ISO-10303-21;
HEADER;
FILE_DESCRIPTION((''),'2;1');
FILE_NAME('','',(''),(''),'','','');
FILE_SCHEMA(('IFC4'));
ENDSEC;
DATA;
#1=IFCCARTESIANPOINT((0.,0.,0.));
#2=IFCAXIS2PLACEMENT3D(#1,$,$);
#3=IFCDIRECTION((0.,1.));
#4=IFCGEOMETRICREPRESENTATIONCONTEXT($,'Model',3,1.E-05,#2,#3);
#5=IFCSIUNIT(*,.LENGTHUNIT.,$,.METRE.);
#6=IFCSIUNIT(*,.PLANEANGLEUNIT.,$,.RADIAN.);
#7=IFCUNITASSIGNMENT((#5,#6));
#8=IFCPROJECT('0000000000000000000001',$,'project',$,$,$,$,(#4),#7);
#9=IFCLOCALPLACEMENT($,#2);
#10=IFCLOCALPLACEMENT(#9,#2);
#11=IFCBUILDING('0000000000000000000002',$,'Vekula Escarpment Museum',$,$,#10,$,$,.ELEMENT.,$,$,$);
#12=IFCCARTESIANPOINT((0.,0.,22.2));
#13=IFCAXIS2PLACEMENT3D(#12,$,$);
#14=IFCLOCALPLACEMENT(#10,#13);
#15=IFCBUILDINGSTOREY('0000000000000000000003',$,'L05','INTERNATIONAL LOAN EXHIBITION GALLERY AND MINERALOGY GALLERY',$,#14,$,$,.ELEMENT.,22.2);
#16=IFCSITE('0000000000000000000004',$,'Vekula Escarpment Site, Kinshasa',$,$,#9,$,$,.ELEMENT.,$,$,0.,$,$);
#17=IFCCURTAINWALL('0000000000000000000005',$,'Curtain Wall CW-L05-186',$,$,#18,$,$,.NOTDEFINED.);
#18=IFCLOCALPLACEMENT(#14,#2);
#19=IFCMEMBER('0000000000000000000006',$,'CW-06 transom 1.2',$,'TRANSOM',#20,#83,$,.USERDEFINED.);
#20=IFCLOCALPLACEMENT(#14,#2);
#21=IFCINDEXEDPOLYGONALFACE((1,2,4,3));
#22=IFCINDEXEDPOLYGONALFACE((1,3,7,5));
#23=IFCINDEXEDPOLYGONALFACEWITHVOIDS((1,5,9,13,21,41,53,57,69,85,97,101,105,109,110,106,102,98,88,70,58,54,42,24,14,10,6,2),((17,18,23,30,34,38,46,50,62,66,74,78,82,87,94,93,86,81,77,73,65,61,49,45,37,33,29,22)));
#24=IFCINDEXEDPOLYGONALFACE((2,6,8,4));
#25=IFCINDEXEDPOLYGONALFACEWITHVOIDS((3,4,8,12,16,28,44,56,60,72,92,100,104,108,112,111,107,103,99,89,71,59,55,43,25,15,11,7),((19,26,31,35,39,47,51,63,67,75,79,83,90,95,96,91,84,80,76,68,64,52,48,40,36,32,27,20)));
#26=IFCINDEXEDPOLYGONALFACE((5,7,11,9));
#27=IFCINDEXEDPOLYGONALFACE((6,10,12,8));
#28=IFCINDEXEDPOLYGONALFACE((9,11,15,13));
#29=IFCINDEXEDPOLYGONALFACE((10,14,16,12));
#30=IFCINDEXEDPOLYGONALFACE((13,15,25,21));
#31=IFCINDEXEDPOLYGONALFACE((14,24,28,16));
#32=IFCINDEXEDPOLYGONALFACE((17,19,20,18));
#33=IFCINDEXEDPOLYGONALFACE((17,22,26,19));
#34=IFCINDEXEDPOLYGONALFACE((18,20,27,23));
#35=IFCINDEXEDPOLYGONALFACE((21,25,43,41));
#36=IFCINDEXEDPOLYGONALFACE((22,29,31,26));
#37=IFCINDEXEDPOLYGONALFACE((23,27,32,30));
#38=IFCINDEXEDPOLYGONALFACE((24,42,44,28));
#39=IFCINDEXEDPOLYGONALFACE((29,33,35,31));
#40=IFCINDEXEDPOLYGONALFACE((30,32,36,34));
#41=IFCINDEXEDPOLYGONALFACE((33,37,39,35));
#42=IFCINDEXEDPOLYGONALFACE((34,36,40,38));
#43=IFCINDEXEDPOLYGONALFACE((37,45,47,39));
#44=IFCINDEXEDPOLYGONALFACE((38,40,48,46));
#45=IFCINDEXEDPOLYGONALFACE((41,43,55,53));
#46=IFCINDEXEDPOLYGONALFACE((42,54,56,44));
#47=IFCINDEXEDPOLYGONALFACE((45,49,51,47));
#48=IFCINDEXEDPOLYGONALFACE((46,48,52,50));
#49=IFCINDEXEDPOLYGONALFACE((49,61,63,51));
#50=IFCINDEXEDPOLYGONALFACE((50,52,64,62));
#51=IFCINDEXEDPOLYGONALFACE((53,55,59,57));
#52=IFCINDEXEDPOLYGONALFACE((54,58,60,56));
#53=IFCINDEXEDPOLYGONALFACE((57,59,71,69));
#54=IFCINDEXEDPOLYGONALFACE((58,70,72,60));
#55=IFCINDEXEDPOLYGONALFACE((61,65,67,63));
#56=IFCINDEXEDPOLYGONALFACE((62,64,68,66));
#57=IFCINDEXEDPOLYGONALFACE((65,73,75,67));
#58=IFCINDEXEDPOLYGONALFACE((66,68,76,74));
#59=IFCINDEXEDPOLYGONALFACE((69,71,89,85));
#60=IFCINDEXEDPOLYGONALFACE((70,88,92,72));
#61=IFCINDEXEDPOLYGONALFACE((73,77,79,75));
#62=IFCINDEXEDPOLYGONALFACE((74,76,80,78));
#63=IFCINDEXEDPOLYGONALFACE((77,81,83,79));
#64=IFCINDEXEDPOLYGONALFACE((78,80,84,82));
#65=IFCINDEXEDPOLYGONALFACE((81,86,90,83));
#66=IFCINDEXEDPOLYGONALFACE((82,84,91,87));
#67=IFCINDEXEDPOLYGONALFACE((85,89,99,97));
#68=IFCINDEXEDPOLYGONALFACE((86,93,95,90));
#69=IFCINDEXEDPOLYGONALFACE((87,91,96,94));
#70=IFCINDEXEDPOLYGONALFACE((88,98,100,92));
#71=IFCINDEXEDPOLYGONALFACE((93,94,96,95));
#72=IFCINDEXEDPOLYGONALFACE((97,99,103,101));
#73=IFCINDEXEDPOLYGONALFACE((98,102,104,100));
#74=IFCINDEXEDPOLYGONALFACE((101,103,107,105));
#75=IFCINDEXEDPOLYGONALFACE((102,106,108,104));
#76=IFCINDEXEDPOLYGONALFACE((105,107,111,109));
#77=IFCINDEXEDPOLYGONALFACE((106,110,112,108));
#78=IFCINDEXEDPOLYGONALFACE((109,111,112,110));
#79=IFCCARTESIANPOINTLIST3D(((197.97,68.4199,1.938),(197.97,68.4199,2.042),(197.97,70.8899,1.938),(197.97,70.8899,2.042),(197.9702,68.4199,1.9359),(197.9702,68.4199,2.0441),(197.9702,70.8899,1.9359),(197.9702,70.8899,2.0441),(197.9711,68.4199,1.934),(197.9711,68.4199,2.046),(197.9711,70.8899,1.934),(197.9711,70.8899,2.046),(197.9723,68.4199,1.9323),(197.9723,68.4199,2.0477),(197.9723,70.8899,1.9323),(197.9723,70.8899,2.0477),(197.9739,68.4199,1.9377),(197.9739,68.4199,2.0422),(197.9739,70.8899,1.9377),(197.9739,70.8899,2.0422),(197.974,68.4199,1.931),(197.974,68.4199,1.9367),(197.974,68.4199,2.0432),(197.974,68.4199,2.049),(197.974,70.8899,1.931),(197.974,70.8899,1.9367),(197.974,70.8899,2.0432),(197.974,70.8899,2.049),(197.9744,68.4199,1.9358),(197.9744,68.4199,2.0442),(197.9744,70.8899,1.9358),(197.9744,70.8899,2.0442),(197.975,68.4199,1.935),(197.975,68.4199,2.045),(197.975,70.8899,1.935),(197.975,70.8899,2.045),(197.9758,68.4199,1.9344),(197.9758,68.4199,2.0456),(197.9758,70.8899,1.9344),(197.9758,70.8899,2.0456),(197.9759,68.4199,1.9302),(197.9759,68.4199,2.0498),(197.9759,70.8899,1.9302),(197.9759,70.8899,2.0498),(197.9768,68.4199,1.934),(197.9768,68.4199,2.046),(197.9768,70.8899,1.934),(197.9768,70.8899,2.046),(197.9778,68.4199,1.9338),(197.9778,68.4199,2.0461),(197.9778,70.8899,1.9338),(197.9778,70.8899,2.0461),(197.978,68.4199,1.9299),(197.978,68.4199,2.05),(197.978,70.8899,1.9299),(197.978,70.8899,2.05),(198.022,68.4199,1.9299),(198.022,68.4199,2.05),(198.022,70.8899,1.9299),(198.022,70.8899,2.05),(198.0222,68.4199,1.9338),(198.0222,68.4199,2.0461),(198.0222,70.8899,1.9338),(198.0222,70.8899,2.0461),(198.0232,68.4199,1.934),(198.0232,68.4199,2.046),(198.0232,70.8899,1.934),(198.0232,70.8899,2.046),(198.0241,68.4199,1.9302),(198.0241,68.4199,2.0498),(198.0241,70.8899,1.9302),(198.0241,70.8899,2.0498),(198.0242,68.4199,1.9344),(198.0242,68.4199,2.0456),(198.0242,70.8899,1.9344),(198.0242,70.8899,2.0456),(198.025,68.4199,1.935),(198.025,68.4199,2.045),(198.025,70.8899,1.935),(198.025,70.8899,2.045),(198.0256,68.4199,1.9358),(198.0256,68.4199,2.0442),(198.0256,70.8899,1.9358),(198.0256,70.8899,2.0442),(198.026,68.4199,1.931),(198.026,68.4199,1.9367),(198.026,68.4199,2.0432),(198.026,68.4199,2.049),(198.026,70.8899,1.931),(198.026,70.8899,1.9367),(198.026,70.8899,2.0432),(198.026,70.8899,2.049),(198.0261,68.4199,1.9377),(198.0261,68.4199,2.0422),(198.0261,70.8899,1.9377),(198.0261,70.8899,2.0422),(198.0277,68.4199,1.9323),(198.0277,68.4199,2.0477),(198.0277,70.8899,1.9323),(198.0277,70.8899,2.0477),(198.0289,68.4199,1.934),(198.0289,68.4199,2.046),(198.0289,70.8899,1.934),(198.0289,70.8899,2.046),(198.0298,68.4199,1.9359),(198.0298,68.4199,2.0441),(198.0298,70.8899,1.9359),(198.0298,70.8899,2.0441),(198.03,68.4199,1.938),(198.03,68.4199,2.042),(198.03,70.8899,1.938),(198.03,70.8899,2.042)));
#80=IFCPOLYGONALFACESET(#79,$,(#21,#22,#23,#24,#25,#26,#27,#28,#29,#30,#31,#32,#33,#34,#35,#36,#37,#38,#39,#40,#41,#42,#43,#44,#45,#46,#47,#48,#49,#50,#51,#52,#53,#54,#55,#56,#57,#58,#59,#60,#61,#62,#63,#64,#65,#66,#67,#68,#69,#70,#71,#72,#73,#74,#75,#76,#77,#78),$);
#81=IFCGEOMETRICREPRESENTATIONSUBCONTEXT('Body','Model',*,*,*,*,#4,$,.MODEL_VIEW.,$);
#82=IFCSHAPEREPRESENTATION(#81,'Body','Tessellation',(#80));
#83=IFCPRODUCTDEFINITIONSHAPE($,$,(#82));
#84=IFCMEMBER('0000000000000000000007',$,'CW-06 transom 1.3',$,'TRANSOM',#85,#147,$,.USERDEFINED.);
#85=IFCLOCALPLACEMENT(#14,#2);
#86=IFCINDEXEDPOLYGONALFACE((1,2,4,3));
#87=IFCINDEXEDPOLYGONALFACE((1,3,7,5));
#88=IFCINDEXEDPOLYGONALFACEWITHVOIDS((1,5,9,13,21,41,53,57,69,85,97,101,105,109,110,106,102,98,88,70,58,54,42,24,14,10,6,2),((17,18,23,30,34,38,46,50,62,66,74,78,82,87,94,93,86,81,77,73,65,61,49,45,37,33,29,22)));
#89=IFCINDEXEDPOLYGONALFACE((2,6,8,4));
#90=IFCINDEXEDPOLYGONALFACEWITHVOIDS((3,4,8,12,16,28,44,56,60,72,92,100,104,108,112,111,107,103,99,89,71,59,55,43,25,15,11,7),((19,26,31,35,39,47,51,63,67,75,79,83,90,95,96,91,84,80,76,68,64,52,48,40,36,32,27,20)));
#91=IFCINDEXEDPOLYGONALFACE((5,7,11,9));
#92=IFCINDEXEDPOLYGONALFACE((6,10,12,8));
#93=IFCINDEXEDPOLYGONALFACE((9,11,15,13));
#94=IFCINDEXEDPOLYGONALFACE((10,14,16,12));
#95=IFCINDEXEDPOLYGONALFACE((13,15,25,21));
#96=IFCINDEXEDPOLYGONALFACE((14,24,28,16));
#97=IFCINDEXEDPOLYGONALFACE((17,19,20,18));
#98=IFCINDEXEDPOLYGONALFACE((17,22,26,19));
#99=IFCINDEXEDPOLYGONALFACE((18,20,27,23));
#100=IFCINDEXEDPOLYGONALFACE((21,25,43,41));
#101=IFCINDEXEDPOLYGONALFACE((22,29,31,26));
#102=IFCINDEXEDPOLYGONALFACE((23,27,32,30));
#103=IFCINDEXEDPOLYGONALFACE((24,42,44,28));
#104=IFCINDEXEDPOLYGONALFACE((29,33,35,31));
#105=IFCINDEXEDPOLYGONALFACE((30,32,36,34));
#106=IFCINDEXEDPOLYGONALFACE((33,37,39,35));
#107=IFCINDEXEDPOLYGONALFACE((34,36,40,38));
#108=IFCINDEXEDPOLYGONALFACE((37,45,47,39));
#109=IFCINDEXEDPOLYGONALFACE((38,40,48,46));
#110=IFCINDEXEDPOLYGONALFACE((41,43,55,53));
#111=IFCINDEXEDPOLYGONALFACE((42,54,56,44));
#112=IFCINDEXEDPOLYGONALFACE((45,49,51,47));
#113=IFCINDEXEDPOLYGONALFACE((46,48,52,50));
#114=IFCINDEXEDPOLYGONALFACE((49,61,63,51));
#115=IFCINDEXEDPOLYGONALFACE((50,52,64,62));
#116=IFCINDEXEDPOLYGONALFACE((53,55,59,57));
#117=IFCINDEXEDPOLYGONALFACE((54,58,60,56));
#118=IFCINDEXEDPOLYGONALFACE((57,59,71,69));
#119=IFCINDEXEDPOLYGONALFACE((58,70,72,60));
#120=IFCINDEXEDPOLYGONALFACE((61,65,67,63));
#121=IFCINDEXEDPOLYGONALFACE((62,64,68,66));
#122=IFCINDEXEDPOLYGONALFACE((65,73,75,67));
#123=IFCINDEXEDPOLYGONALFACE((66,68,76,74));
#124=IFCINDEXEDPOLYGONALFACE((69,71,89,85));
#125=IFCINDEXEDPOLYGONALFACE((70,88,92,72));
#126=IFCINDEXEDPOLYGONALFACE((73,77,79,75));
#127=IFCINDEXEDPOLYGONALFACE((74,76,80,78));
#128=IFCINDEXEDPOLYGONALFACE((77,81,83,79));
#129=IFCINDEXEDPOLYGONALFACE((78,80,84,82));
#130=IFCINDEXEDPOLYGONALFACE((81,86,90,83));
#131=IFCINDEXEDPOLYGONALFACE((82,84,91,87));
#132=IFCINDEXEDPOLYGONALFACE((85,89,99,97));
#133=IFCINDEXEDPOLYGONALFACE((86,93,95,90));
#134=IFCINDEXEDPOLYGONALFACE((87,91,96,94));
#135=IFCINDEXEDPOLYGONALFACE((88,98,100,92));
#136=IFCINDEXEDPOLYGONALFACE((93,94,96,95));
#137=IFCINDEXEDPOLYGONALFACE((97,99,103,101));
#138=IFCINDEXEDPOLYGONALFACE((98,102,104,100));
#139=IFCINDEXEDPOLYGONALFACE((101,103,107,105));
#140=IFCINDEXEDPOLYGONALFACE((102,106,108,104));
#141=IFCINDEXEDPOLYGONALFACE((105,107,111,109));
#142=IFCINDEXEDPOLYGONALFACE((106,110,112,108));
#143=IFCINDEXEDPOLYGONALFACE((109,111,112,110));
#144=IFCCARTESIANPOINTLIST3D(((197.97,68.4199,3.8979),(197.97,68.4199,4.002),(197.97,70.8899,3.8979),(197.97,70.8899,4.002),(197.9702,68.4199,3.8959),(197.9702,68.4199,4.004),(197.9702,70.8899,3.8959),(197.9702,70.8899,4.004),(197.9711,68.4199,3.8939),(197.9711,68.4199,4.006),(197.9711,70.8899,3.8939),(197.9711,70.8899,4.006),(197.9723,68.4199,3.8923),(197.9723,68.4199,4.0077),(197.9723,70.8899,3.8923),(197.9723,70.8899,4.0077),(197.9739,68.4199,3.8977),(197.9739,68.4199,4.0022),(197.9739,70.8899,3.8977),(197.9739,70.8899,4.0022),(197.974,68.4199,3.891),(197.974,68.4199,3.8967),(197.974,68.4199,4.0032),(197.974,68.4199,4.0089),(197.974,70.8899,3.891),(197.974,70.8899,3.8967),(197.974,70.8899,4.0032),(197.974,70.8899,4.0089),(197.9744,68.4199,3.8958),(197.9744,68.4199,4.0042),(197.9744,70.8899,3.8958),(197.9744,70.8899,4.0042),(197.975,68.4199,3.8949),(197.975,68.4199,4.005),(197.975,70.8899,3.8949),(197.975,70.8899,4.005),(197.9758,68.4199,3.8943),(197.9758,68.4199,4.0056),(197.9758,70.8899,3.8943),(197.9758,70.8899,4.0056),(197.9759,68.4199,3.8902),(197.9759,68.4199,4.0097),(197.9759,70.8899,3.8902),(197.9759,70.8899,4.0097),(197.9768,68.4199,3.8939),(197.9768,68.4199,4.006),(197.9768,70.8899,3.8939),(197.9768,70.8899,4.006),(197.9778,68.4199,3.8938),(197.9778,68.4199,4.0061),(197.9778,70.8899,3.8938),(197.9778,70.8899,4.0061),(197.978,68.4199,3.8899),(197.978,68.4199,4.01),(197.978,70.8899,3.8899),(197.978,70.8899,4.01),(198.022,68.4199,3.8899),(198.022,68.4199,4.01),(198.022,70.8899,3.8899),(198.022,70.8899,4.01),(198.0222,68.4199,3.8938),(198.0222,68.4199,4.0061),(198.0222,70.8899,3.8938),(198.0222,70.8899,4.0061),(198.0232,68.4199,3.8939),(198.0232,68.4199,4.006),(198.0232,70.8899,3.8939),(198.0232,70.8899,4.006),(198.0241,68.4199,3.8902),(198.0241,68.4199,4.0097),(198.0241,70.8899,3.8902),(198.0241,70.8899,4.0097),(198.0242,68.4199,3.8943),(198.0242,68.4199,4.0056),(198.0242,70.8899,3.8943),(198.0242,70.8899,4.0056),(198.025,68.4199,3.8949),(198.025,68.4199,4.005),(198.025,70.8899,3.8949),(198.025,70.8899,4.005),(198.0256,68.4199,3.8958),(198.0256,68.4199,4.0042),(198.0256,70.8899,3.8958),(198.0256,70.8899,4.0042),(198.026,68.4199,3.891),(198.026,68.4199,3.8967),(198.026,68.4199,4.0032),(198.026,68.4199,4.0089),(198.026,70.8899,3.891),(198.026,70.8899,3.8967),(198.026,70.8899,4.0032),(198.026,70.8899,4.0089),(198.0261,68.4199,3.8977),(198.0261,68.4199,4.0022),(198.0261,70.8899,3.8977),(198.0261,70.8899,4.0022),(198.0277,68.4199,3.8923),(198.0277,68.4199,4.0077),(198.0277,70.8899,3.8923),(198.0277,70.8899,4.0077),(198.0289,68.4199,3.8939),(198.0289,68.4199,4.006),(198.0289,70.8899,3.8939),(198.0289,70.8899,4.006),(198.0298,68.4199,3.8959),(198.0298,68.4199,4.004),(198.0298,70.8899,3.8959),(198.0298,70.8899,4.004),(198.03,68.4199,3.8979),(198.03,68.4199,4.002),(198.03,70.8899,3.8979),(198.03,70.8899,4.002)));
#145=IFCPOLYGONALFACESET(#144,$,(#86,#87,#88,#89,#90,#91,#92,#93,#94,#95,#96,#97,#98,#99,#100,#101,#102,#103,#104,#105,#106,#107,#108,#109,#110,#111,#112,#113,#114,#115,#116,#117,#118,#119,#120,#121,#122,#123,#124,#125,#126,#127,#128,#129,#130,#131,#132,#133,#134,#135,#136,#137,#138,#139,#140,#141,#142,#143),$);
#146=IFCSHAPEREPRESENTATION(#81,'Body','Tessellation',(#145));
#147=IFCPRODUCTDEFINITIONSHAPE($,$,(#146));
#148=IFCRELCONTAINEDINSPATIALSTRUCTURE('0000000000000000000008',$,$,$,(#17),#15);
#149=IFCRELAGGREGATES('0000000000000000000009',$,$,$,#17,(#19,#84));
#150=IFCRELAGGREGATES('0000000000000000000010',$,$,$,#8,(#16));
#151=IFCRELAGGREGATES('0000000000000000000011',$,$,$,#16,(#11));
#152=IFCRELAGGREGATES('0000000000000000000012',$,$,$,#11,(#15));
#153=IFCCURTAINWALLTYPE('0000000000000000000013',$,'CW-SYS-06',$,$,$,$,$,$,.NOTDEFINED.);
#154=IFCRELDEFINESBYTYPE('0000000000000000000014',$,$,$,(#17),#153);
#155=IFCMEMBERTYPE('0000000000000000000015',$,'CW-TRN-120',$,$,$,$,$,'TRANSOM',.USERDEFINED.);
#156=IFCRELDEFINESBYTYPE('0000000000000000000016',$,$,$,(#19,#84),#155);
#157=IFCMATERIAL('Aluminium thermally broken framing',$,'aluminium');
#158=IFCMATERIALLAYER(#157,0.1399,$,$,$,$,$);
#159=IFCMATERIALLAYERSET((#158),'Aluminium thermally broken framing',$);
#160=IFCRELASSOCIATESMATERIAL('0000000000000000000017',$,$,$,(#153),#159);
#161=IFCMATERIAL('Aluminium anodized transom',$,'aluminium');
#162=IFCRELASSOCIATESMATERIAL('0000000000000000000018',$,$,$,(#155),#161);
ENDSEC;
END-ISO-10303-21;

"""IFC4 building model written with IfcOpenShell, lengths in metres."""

from ifc_helpers import new_model, si_unit, direction, frame, origin, origin_2d, place, context, subcontext, project, spatial, hollow_rectangle, extrude, material, layer, layer_set, material_profile, profile_set, type_object, element, aggregate, save


model = new_model("IFC4")

# Units and contexts
model_context = context("Model", 3, precision=1e-05, world=origin(), true_north=direction((0.0, 1.0)))
body_context = subcontext(model_context, "Body", "Model", "MODEL_VIEW")
ifc_project = project(units=[si_unit("LENGTHUNIT", "METRE"), si_unit("PLANEANGLEUNIT", "RADIAN")], contexts=[model_context])

# Site, building, storey
site_placement = place(None, origin())
site = spatial("IfcSite", under=ifc_project, at=site_placement, Name="Vekula Escarpment Site, Kinshasa", CompositionType="ELEMENT", RefElevation=0.0)
building_placement = place(site_placement, origin())
building = spatial("IfcBuilding", under=site, at=building_placement, Name="Vekula Escarpment Museum", CompositionType="ELEMENT")
storey_placement = place(building_placement, frame((0.0, 0.0, 22.2)))
storey = spatial("IfcBuildingStorey", under=building, at=storey_placement, Name="L05", Description="INTERNATIONAL LOAN EXHIBITION GALLERY AND MINERALOGY GALLERY", CompositionType="ELEMENT", Elevation=22.2)

# Curtain wall, members
ifc_material_1 = material(Name="Aluminium thermally broken framing", Category="aluminium")
ifc_layer_1 = layer(ifc_material_1, 0.1399)
ifc_layer_set_1 = layer_set([ifc_layer_1], Name="Aluminium thermally broken framing")
curtain_wall_type = type_object("IfcCurtainWallType", Name="CW-SYS-06", PredefinedType="NOTDEFINED", material=ifc_layer_set_1)
curtain_wall_placement = place(storey_placement, origin())
curtain_wall = element("IfcCurtainWall", 1, at=curtain_wall_placement, inside=storey, type_object=curtain_wall_type, Name="Curtain Wall CW-L05-186", PredefinedType="NOTDEFINED")
ifc_material_2 = material(Name="Aluminium anodized transom", Category="aluminium")
ifc_material_profile_1 = material_profile(ifc_material_2, hollow_rectangle(XDim=0.0601, YDim=0.1201, WallThickness=0.0039, InnerFilletRadius=0.0039, OuterFilletRadius=0.0081, at=origin_2d()), Name="ALU 120x60x4")
ifc_profile_set_1 = profile_set([ifc_material_profile_1], Name="Aluminium anodized transom")
member_type_1 = type_object("IfcMemberType", Name="CW-TRN-120", ElementType="TRANSOM", PredefinedType="USERDEFINED", material=ifc_profile_set_1)
member_1_placement = place(storey_placement, frame((198.0, 68.4199, 1.99), z_axis=(0.0, 1.0, 0.0), x_axis=(-1.0, 0.0, 0.0)))
member_1 = element("IfcMember", 2, at=member_1_placement, type_object=member_type_1, Name="CW-06 transom 1.2", ObjectType="TRANSOM", PredefinedType="USERDEFINED", context=body_context, shape_type="SweptSolid", body=[
    extrude(hollow_rectangle(XDim=0.0601, YDim=0.1201, WallThickness=0.0039, InnerFilletRadius=0.0039, OuterFilletRadius=0.0081, at=origin_2d()), origin(), (0.0, 0.0, 1.0), 2.47),
])
member_2_placement = place(storey_placement, frame((198.0, 68.4199, 3.95), z_axis=(0.0, 1.0, 0.0), x_axis=(-1.0, 0.0, 0.0)))
member_2 = element("IfcMember", 3, at=member_2_placement, type_object=member_type_1, Name="CW-06 transom 1.3", ObjectType="TRANSOM", PredefinedType="USERDEFINED", context=body_context, shape_type="SweptSolid", body=[
    extrude(hollow_rectangle(XDim=0.0601, YDim=0.1201, WallThickness=0.0039, InnerFilletRadius=0.0039, OuterFilletRadius=0.0081, at=origin_2d()), origin(), (0.0, 0.0, 1.0), 2.47),
])
aggregate(curtain_wall, [member_1, member_2])

save(model, "model.ifc")
